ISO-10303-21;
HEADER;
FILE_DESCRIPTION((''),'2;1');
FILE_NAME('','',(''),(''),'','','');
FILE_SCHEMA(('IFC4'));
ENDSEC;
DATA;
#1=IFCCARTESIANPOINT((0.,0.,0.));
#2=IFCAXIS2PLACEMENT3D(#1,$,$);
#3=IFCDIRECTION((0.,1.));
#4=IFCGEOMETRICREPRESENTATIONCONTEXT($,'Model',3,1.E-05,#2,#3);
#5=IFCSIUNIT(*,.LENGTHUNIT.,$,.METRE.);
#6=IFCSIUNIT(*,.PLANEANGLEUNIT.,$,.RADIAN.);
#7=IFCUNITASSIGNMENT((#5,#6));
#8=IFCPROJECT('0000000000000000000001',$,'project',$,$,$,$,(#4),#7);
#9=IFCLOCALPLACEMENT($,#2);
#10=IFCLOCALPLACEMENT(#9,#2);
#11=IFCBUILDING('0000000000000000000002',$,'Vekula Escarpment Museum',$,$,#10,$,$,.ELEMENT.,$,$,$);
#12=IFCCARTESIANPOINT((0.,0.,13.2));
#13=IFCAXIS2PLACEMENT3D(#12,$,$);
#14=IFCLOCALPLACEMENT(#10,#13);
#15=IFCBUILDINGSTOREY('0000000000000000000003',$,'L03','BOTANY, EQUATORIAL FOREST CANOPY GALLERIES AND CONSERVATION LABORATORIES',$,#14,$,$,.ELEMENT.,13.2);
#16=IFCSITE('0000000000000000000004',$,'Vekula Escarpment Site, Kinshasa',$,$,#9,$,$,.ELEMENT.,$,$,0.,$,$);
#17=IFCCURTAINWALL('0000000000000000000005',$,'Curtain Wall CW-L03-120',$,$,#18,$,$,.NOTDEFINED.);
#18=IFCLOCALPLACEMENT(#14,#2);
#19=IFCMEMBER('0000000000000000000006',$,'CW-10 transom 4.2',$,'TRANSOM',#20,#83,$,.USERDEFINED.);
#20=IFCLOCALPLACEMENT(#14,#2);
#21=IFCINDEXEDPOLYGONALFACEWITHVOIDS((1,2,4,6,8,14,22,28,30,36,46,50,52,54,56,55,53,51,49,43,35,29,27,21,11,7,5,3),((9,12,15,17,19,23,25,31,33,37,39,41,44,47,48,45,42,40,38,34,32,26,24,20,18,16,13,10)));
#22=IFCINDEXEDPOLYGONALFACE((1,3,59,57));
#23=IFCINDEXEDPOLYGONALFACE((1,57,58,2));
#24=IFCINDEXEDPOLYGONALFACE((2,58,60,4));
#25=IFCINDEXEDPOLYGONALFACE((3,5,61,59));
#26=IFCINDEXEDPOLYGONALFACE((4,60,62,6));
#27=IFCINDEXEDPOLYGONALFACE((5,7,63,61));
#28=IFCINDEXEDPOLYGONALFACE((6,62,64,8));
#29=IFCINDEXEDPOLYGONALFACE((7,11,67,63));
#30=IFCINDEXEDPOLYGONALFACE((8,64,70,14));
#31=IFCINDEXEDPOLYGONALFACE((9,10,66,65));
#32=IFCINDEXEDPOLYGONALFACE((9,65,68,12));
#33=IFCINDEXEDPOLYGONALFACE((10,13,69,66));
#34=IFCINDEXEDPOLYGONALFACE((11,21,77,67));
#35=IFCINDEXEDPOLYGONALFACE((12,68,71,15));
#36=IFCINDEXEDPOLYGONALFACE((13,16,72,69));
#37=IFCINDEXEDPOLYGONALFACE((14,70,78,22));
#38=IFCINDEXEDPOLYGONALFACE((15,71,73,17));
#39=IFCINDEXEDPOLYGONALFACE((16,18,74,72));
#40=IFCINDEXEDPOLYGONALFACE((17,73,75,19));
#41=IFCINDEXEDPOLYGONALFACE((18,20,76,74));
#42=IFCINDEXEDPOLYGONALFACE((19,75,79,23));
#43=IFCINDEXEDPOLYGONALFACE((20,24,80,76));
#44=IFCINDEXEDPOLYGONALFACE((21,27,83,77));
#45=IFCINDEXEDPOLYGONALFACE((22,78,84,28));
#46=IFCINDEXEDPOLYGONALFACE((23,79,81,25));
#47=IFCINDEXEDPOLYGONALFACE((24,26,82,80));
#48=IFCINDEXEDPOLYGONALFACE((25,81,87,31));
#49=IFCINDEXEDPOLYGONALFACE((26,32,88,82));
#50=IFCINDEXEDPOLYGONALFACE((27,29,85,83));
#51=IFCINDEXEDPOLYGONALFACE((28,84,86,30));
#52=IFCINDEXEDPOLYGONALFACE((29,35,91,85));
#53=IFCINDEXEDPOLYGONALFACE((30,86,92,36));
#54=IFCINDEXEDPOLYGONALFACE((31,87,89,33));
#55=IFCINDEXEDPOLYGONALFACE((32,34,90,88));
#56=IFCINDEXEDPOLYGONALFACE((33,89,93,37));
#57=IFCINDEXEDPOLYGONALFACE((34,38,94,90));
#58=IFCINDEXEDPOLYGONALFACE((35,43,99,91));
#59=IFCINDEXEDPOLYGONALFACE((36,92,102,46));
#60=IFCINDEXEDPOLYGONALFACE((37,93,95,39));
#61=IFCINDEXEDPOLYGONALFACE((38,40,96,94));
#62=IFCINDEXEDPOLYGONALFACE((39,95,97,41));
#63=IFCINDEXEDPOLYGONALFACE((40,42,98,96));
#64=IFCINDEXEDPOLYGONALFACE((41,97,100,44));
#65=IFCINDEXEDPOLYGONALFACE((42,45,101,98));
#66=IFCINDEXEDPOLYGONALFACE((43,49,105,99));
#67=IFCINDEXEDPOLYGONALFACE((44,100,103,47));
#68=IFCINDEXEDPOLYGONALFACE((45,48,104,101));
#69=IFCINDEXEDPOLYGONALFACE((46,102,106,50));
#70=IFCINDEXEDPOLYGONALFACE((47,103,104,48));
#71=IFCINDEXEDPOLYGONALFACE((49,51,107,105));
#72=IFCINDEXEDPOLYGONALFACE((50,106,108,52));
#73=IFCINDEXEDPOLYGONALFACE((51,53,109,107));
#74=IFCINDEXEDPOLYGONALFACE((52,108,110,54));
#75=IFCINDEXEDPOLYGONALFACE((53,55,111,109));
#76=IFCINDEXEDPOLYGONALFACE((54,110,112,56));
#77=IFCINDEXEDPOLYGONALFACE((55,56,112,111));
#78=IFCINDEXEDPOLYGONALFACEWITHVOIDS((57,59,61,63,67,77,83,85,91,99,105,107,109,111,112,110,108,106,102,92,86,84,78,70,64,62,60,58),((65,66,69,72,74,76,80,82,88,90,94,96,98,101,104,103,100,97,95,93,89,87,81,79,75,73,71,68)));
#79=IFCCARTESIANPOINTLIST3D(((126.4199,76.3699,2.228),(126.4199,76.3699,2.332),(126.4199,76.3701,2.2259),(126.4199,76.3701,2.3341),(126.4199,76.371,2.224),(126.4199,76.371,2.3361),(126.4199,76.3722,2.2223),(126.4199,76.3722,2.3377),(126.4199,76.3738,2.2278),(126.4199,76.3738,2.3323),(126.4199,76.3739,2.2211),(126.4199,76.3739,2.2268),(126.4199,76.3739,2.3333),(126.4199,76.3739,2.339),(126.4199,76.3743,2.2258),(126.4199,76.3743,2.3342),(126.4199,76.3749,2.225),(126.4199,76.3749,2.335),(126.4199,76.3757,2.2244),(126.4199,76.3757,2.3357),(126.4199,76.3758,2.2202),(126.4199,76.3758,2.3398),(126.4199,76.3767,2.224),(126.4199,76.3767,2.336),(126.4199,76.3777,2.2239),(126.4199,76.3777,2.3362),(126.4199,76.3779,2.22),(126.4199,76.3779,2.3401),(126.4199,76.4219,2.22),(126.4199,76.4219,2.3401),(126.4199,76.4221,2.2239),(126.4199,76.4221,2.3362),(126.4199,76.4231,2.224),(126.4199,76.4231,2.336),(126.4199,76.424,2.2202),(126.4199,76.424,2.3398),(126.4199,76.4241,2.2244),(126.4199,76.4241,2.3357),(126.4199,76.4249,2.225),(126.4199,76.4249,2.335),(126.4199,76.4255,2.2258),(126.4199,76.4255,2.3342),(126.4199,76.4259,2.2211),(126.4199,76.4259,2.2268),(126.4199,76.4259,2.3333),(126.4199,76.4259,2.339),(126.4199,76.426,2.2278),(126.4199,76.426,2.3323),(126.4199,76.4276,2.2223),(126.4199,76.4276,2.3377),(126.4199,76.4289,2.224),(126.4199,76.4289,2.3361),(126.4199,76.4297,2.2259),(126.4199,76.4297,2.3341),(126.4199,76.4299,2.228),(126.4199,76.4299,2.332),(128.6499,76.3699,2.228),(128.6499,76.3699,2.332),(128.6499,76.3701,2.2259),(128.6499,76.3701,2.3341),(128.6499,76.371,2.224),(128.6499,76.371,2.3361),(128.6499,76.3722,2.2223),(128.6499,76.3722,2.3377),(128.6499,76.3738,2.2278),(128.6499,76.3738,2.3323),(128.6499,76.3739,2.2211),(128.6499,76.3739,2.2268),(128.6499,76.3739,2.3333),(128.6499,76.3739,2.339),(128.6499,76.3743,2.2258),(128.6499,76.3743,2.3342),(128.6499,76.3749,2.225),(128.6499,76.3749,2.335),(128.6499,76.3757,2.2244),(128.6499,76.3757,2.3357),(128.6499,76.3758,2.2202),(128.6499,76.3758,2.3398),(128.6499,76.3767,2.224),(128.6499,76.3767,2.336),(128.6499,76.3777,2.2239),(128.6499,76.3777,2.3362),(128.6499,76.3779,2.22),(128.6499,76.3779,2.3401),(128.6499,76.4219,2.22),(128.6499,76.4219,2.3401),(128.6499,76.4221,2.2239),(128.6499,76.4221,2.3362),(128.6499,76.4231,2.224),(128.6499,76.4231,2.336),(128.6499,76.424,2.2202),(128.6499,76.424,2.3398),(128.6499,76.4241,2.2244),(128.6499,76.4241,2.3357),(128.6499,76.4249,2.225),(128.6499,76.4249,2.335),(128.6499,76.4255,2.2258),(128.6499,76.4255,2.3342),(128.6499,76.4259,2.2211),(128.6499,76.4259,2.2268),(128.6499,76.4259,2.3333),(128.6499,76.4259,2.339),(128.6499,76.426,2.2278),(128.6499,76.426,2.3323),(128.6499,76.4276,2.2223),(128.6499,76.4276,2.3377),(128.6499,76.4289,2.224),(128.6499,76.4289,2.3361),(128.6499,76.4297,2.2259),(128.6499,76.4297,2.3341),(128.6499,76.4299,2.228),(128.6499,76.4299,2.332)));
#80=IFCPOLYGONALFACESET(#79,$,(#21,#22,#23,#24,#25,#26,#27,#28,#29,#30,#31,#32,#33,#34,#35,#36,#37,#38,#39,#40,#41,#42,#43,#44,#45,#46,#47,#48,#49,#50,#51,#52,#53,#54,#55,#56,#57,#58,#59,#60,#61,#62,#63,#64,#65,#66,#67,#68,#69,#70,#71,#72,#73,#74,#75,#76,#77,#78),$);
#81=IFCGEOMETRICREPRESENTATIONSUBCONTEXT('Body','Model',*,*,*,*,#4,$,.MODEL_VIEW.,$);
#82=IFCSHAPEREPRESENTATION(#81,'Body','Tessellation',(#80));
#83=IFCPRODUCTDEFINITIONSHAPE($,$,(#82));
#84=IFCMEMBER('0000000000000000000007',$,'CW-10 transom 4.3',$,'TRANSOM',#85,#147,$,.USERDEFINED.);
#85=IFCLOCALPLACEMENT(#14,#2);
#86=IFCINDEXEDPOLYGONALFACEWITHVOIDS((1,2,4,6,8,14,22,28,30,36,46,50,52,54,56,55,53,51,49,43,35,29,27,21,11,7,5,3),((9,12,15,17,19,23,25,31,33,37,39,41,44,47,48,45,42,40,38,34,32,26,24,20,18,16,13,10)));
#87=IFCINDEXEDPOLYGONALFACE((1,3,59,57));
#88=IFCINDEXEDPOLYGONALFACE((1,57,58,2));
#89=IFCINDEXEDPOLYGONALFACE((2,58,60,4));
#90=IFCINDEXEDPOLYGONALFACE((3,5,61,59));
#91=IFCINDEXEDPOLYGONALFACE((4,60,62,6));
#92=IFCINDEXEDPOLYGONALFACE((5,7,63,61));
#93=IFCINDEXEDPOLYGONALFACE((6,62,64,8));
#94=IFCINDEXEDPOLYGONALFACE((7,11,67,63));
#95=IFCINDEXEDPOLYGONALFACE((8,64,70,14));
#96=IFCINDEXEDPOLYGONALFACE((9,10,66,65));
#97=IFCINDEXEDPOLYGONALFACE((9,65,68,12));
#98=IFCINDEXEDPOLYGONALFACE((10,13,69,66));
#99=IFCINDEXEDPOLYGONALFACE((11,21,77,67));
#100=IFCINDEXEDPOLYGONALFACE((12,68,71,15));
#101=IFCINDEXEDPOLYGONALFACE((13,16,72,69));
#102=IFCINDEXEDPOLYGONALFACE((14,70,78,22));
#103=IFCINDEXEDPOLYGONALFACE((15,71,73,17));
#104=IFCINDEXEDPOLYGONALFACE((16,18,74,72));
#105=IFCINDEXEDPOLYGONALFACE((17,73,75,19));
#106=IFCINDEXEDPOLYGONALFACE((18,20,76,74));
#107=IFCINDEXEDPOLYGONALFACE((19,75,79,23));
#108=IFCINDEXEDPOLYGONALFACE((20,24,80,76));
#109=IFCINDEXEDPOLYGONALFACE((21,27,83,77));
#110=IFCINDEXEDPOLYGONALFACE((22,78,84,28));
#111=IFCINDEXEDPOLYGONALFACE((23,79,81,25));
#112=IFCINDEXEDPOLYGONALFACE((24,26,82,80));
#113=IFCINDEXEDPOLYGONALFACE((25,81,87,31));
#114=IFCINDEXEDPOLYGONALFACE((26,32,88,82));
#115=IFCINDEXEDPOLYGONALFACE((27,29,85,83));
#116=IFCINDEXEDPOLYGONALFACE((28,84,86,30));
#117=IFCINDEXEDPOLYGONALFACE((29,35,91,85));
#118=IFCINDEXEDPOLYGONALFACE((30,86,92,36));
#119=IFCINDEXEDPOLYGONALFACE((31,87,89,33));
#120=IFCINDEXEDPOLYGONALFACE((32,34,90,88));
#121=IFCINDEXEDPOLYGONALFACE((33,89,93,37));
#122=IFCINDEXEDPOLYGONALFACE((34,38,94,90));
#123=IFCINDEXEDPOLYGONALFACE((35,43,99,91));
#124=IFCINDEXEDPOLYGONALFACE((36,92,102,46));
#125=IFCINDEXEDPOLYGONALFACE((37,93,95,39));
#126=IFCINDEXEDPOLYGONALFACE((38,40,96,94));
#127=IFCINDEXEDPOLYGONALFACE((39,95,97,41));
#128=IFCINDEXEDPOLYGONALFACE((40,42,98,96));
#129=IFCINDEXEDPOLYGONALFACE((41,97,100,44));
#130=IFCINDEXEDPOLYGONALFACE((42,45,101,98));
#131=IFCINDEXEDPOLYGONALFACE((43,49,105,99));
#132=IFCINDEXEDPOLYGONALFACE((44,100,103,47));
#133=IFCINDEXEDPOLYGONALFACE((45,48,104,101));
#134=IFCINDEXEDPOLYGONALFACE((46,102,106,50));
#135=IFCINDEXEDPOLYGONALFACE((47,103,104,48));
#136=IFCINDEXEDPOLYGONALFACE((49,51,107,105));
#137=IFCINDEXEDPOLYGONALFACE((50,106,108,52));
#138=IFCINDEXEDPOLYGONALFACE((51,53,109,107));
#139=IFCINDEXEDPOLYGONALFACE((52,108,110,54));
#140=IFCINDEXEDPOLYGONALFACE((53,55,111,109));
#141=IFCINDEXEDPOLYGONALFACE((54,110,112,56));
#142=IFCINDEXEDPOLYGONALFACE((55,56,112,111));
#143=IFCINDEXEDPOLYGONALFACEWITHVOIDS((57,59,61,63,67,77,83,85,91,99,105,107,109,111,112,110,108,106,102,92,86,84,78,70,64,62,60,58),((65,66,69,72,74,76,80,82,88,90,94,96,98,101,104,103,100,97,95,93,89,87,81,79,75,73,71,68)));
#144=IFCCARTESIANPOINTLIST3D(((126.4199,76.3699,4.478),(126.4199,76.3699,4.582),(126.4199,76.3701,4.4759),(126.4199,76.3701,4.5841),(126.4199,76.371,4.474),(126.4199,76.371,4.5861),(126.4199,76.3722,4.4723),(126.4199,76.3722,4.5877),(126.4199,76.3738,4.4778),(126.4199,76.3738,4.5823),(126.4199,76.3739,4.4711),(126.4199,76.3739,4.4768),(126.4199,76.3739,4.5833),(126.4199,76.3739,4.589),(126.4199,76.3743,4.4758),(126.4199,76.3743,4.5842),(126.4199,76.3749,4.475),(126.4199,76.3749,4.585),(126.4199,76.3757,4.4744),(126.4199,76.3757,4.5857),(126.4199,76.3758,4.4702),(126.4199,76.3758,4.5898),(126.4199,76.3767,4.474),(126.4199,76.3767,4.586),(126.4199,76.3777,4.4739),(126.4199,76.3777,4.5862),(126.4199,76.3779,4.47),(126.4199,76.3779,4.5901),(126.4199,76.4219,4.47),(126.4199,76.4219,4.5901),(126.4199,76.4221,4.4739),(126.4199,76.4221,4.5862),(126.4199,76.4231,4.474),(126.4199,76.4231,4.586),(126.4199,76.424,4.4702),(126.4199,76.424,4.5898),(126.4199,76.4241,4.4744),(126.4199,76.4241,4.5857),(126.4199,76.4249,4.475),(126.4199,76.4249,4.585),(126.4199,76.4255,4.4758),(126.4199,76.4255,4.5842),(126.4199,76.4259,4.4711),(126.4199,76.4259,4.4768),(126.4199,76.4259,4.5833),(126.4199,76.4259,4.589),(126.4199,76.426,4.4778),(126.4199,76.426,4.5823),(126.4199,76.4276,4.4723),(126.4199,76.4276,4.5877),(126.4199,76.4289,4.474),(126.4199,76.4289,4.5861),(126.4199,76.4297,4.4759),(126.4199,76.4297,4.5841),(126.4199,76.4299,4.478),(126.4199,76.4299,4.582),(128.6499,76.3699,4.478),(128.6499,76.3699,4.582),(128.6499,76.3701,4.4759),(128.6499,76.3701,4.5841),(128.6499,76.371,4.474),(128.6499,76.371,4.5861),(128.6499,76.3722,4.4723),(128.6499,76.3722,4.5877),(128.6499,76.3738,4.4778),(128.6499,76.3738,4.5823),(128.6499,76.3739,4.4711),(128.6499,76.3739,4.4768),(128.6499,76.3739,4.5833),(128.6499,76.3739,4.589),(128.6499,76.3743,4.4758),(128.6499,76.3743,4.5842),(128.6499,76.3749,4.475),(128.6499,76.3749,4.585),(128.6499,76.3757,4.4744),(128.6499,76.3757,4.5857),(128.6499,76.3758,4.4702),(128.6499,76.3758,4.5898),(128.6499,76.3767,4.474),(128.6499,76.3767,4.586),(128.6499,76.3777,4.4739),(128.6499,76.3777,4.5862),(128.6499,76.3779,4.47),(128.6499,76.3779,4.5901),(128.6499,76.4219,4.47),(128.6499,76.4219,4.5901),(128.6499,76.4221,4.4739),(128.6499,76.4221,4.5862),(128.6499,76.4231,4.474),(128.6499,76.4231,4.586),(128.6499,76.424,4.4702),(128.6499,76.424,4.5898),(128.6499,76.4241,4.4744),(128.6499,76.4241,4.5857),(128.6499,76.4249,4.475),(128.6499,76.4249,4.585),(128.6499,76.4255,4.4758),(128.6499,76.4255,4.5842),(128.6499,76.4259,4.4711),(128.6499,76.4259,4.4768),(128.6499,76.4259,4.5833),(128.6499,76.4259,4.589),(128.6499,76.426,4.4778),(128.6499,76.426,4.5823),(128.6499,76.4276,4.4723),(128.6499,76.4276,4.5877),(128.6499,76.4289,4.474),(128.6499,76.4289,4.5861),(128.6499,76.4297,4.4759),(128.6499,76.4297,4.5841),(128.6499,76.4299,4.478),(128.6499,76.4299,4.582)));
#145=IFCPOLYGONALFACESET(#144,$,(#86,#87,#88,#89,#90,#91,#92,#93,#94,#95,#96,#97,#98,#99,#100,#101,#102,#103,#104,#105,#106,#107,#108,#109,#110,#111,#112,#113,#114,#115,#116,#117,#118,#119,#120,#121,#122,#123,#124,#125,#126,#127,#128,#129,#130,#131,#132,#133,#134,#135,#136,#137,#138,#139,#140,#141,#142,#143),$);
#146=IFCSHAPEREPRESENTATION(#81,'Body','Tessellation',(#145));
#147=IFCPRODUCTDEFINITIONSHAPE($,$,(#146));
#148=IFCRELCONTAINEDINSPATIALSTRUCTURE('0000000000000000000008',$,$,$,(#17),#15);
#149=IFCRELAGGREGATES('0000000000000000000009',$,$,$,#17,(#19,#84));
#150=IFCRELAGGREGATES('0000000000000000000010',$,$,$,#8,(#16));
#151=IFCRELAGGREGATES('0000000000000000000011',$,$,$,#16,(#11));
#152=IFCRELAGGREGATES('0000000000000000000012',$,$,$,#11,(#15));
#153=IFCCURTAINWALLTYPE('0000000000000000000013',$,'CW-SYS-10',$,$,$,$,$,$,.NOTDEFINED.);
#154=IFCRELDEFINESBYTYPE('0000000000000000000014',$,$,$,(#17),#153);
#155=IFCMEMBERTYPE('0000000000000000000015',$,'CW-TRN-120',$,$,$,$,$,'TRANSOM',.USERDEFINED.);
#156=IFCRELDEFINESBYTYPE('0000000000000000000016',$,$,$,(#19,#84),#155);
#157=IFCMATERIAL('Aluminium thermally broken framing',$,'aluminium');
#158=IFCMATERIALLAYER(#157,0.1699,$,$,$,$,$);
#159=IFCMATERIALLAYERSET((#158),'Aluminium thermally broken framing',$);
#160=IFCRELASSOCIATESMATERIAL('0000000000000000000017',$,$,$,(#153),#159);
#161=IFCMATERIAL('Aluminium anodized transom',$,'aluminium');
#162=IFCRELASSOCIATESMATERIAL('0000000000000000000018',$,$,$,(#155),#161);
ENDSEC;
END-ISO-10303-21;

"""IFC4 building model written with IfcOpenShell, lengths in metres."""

from ifc_helpers import new_model, si_unit, direction, frame, origin, origin_2d, place, context, subcontext, project, spatial, hollow_rectangle, extrude, material, layer, layer_set, material_profile, profile_set, type_object, element, aggregate, save


model = new_model("IFC4")

# Units and contexts
model_context = context("Model", 3, precision=1e-05, world=origin(), true_north=direction((0.0, 1.0)))
body_context = subcontext(model_context, "Body", "Model", "MODEL_VIEW")
ifc_project = project(units=[si_unit("LENGTHUNIT", "METRE"), si_unit("PLANEANGLEUNIT", "RADIAN")], contexts=[model_context])

# Site, building, storey
site_placement = place(None, origin())
site = spatial("IfcSite", under=ifc_project, at=site_placement, Name="Vekula Escarpment Site, Kinshasa", CompositionType="ELEMENT", RefElevation=0.0)
building_placement = place(site_placement, origin())
building = spatial("IfcBuilding", under=site, at=building_placement, Name="Vekula Escarpment Museum", CompositionType="ELEMENT")
storey_placement = place(building_placement, frame((0.0, 0.0, 13.2)))
storey = spatial("IfcBuildingStorey", under=building, at=storey_placement, Name="L03", Description="BOTANY, EQUATORIAL FOREST CANOPY GALLERIES AND CONSERVATION LABORATORIES", CompositionType="ELEMENT", Elevation=13.2)

# Curtain wall
ifc_material_1 = material(Name="Aluminium thermally broken framing", Category="aluminium")
ifc_layer_1 = layer(ifc_material_1, 0.1699)
ifc_layer_set_1 = layer_set([ifc_layer_1], Name="Aluminium thermally broken framing")
curtain_wall_type_1 = type_object("IfcCurtainWallType", Name="CW-SYS-10", PredefinedType="NOTDEFINED", material=ifc_layer_set_1)
curtain_wall_1_placement = place(storey_placement, origin())
curtain_wall_1 = element("IfcCurtainWall", 1, at=curtain_wall_1_placement, inside=storey, type_object=curtain_wall_type_1, Name="Curtain Wall CW-L03-120", PredefinedType="NOTDEFINED")

# Members
ifc_material_2 = material(Name="Aluminium anodized transom", Category="aluminium")
ifc_material_profile_1 = material_profile(ifc_material_2, hollow_rectangle(XDim=0.0601, YDim=0.1201, WallThickness=0.0039, InnerFilletRadius=0.0039, OuterFilletRadius=0.0081, at=origin_2d()), Name="ALU 120x60x4")
ifc_profile_set_1 = profile_set([ifc_material_profile_1], Name="Aluminium anodized transom")
member_type_1 = type_object("IfcMemberType", Name="CW-TRN-120", ElementType="TRANSOM", PredefinedType="USERDEFINED", material=ifc_profile_set_1)
member_1_placement = place(storey_placement, frame((128.6499, 76.3999, 2.28), z_axis=(-1.0, 0.0, 0.0), x_axis=(0.0, -1.0, 0.0)))
member_1 = element("IfcMember", 2, at=member_1_placement, type_object=member_type_1, Name="CW-10 transom 4.2", ObjectType="TRANSOM", PredefinedType="USERDEFINED", context=body_context, shape_type="SweptSolid", body=[
    extrude(hollow_rectangle(XDim=0.0601, YDim=0.1201, WallThickness=0.0039, InnerFilletRadius=0.0039, OuterFilletRadius=0.0081, at=origin_2d()), origin(), (0.0, 0.0, 1.0), 2.23),
])
member_2_placement = place(storey_placement, frame((128.6499, 76.3999, 4.53), z_axis=(-1.0, 0.0, 0.0), x_axis=(0.0, -1.0, 0.0)))
member_2 = element("IfcMember", 3, at=member_2_placement, type_object=member_type_1, Name="CW-10 transom 4.3", ObjectType="TRANSOM", PredefinedType="USERDEFINED", context=body_context, shape_type="SweptSolid", body=[
    extrude(hollow_rectangle(XDim=0.0601, YDim=0.1201, WallThickness=0.0039, InnerFilletRadius=0.0039, OuterFilletRadius=0.0081, at=origin_2d()), origin(), (0.0, 0.0, 1.0), 2.23),
])

aggregate(curtain_wall_1, [member_1, member_2])

save(model, "model.ifc")
